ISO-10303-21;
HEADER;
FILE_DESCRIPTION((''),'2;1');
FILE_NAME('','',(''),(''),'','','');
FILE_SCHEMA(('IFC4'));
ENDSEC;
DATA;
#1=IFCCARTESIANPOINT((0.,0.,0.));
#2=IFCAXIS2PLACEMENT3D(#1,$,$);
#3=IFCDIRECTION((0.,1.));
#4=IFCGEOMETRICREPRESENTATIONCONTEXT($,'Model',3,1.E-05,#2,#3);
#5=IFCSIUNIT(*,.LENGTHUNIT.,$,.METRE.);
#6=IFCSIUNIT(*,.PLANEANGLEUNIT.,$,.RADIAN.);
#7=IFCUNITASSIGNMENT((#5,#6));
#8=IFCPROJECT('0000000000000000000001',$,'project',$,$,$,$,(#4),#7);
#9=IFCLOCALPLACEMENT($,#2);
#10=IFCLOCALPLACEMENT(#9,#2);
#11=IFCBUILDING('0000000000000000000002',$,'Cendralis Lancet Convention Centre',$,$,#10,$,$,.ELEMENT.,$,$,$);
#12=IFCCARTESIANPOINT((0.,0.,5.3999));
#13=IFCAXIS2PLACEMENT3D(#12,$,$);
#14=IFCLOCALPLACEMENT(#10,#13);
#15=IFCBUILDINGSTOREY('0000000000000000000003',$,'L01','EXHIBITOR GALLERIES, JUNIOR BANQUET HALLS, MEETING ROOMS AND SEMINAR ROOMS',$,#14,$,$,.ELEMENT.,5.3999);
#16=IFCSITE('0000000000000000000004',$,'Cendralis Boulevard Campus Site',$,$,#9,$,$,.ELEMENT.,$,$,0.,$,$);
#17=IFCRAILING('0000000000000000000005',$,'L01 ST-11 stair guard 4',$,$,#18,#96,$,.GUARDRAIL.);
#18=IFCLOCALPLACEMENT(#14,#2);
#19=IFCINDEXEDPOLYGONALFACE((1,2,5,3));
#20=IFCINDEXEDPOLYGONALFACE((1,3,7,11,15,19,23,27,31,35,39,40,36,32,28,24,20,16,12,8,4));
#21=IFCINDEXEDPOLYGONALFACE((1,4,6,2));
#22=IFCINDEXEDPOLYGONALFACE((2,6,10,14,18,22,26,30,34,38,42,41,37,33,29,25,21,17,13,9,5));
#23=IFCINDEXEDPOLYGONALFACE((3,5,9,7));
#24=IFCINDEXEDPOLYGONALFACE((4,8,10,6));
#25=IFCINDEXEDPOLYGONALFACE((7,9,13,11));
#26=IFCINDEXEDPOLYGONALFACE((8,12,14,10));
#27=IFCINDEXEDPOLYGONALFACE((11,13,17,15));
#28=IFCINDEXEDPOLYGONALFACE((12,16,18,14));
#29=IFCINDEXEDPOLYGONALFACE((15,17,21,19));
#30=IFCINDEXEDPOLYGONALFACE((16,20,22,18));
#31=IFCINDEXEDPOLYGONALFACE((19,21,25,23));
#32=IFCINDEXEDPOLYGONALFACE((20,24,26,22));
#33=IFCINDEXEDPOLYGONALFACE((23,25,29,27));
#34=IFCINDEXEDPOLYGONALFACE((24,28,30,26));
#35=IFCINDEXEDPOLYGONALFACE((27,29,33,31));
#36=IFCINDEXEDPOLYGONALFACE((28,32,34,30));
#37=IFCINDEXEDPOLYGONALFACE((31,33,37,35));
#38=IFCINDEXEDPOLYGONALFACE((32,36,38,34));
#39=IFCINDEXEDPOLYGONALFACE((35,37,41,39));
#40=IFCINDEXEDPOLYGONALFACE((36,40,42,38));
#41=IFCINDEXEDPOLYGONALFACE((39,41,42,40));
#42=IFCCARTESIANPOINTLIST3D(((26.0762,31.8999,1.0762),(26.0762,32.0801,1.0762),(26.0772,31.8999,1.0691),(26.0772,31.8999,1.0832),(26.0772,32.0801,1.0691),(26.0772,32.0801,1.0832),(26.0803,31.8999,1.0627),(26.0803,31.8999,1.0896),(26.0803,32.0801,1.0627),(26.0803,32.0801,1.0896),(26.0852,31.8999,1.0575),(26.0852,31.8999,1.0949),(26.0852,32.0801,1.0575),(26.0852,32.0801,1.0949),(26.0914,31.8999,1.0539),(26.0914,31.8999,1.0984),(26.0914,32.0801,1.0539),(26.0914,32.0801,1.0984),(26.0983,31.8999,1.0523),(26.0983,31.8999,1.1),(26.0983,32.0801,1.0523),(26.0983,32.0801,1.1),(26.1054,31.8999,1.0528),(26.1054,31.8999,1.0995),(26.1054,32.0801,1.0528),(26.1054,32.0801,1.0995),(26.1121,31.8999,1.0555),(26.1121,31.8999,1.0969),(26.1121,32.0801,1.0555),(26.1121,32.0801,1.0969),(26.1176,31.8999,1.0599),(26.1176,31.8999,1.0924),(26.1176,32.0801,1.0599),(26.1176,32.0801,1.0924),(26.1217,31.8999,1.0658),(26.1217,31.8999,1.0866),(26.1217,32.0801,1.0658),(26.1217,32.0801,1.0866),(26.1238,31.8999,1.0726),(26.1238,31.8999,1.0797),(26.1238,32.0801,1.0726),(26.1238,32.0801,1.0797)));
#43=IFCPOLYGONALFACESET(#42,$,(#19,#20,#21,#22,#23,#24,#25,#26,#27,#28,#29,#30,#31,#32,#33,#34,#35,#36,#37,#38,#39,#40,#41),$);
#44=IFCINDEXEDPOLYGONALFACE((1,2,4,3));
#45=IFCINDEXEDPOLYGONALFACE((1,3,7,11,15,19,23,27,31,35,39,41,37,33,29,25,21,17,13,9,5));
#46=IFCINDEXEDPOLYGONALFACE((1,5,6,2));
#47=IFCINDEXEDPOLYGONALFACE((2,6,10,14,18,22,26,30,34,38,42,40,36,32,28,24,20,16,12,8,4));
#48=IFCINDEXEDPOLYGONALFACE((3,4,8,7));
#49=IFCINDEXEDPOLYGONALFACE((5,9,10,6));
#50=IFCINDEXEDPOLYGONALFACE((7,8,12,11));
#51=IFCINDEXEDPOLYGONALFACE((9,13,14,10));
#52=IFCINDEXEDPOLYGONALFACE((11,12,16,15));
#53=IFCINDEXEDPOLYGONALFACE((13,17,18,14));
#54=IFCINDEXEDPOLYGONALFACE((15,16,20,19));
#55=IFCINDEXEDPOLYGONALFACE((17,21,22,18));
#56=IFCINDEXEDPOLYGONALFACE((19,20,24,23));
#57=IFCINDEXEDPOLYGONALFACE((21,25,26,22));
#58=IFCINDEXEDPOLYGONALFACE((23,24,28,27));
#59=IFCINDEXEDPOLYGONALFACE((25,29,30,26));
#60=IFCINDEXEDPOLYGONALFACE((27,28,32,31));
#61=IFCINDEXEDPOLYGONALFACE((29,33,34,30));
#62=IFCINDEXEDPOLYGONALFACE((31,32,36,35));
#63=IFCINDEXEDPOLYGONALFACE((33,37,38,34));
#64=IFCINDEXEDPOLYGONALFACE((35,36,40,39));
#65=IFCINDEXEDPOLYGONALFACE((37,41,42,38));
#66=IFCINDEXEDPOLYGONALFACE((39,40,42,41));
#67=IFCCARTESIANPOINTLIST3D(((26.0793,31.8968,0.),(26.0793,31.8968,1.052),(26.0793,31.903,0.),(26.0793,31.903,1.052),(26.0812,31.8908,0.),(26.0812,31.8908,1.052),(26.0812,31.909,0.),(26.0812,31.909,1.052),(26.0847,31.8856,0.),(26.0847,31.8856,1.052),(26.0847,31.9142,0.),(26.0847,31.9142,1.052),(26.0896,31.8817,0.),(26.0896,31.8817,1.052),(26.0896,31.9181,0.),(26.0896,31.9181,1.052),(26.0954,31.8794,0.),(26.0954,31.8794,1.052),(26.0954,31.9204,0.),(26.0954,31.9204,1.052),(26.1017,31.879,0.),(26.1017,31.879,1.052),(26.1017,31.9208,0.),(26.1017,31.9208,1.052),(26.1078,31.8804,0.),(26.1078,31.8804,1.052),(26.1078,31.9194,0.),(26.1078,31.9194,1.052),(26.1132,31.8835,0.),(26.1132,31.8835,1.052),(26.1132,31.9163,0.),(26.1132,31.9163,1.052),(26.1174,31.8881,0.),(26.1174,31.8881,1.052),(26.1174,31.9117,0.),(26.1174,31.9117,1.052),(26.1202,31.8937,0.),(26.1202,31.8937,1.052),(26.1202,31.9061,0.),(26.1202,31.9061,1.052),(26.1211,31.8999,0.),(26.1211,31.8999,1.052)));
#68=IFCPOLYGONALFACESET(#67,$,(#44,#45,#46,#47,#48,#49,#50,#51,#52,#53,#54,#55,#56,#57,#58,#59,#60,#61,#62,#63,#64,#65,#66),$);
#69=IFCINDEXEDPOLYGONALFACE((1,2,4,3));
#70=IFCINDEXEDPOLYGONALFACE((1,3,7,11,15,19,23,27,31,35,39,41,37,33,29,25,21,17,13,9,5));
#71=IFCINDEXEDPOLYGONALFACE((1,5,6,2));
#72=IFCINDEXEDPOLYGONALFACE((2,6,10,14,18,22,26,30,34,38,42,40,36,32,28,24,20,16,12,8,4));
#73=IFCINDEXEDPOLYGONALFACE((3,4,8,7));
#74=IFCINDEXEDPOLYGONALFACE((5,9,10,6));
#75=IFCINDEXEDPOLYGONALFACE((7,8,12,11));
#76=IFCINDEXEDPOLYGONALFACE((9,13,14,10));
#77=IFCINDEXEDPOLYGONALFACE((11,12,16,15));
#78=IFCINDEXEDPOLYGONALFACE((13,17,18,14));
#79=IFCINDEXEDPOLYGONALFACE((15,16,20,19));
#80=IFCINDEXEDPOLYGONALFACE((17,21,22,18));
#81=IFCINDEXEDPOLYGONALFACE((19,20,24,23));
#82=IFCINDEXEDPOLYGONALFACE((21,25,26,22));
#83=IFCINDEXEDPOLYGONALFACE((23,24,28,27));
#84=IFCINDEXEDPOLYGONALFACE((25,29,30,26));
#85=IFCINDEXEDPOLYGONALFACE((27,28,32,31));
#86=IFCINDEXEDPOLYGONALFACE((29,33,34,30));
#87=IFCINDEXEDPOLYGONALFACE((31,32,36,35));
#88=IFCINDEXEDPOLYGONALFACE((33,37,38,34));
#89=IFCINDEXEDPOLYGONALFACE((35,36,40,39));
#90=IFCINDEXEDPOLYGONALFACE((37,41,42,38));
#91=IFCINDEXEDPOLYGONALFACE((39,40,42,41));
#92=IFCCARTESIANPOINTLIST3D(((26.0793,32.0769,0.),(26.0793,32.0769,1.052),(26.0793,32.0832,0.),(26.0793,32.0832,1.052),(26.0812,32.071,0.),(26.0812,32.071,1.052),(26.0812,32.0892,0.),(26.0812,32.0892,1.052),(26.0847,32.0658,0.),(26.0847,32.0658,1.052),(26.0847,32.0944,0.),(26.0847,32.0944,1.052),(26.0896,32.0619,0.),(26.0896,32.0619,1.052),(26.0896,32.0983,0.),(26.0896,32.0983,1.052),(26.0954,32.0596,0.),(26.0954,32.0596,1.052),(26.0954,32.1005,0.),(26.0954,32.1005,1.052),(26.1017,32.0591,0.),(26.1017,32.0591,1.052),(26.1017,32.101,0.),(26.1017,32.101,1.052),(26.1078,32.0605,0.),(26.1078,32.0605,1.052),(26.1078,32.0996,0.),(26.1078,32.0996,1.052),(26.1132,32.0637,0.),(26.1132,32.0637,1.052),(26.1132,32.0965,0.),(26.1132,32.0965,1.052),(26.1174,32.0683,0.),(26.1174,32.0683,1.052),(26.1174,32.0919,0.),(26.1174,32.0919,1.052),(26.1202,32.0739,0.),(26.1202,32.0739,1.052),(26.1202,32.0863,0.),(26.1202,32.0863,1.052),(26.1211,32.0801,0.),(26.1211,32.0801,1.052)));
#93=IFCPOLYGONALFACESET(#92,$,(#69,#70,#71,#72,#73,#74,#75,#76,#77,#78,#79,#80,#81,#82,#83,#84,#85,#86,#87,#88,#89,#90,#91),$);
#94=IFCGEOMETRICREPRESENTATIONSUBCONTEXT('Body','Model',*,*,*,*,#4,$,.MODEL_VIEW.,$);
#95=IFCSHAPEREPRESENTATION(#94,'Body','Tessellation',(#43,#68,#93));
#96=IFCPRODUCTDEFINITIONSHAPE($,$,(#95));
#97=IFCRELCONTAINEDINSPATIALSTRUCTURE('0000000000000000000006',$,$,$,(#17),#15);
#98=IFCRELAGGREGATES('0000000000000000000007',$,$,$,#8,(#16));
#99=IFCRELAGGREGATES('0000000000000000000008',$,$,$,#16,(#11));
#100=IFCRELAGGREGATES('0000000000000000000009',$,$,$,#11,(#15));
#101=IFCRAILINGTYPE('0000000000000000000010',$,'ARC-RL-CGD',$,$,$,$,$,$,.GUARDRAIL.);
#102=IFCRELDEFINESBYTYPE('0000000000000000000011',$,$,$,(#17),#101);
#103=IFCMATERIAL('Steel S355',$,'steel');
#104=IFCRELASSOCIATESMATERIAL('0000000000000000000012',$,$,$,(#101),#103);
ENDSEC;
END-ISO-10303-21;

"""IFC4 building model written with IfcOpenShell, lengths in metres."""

from ifc_helpers import new_model, si_unit, direction, frame, origin, origin_2d, place, context, subcontext, project, spatial, circle, extrude, material, type_object, element, save


model = new_model("IFC4")

# Units and contexts
model_context = context("Model", 3, precision=1e-05, world=origin(), true_north=direction((0.0, 1.0)))
body_context = subcontext(model_context, "Body", "Model", "MODEL_VIEW")
ifc_project = project(units=[si_unit("LENGTHUNIT", "METRE"), si_unit("PLANEANGLEUNIT", "RADIAN")], contexts=[model_context])

# Site, building, storey
site_placement = place(None, origin())
site = spatial("IfcSite", under=ifc_project, at=site_placement, Name="Cendralis Boulevard Campus Site", CompositionType="ELEMENT", RefElevation=0.0)
building_placement = place(site_placement, origin())
building = spatial("IfcBuilding", under=site, at=building_placement, Name="Cendralis Lancet Convention Centre", CompositionType="ELEMENT")
storey_placement = place(building_placement, frame((0.0, 0.0, 5.3999)))
storey = spatial("IfcBuildingStorey", under=building, at=storey_placement, Name="L01", Description="EXHIBITOR GALLERIES, JUNIOR BANQUET HALLS, MEETING ROOMS AND SEMINAR ROOMS", CompositionType="ELEMENT", Elevation=5.3999)

# Shared definitions
ifc_material_1 = material(Name="Steel S355", Category="steel")

# Railing
railing_type_1 = type_object("IfcRailingType", Name="ARC-RL-CGD", PredefinedType="GUARDRAIL", material=ifc_material_1)
railing_1_placement = place(storey_placement, frame((26.1001, 31.8999, 0.0)))
element("IfcRailing", 1, at=railing_1_placement, inside=storey, type_object=railing_type_1, Name="L01 ST-11 stair guard 4", PredefinedType="GUARDRAIL", context=body_context, shape_type="SweptSolid", body=[
    extrude(circle(Radius=0.0239, at=origin_2d()), frame((0.0, 0.0, 1.0762), z_axis=(0.0, 1.0, 0.0), x_axis=(-1.0, 0.0, 0.0)), (0.0, 0.0, 1.0), 0.1802),
    extrude(circle(Radius=0.021, at=origin_2d()), origin(), (0.0, 0.0, 1.0), 1.052),
    extrude(circle(Radius=0.021, at=origin_2d()), frame((0.0, 0.1802, 0.0)), (0.0, 0.0, 1.0), 1.052),
])

save(model, "model.ifc")
